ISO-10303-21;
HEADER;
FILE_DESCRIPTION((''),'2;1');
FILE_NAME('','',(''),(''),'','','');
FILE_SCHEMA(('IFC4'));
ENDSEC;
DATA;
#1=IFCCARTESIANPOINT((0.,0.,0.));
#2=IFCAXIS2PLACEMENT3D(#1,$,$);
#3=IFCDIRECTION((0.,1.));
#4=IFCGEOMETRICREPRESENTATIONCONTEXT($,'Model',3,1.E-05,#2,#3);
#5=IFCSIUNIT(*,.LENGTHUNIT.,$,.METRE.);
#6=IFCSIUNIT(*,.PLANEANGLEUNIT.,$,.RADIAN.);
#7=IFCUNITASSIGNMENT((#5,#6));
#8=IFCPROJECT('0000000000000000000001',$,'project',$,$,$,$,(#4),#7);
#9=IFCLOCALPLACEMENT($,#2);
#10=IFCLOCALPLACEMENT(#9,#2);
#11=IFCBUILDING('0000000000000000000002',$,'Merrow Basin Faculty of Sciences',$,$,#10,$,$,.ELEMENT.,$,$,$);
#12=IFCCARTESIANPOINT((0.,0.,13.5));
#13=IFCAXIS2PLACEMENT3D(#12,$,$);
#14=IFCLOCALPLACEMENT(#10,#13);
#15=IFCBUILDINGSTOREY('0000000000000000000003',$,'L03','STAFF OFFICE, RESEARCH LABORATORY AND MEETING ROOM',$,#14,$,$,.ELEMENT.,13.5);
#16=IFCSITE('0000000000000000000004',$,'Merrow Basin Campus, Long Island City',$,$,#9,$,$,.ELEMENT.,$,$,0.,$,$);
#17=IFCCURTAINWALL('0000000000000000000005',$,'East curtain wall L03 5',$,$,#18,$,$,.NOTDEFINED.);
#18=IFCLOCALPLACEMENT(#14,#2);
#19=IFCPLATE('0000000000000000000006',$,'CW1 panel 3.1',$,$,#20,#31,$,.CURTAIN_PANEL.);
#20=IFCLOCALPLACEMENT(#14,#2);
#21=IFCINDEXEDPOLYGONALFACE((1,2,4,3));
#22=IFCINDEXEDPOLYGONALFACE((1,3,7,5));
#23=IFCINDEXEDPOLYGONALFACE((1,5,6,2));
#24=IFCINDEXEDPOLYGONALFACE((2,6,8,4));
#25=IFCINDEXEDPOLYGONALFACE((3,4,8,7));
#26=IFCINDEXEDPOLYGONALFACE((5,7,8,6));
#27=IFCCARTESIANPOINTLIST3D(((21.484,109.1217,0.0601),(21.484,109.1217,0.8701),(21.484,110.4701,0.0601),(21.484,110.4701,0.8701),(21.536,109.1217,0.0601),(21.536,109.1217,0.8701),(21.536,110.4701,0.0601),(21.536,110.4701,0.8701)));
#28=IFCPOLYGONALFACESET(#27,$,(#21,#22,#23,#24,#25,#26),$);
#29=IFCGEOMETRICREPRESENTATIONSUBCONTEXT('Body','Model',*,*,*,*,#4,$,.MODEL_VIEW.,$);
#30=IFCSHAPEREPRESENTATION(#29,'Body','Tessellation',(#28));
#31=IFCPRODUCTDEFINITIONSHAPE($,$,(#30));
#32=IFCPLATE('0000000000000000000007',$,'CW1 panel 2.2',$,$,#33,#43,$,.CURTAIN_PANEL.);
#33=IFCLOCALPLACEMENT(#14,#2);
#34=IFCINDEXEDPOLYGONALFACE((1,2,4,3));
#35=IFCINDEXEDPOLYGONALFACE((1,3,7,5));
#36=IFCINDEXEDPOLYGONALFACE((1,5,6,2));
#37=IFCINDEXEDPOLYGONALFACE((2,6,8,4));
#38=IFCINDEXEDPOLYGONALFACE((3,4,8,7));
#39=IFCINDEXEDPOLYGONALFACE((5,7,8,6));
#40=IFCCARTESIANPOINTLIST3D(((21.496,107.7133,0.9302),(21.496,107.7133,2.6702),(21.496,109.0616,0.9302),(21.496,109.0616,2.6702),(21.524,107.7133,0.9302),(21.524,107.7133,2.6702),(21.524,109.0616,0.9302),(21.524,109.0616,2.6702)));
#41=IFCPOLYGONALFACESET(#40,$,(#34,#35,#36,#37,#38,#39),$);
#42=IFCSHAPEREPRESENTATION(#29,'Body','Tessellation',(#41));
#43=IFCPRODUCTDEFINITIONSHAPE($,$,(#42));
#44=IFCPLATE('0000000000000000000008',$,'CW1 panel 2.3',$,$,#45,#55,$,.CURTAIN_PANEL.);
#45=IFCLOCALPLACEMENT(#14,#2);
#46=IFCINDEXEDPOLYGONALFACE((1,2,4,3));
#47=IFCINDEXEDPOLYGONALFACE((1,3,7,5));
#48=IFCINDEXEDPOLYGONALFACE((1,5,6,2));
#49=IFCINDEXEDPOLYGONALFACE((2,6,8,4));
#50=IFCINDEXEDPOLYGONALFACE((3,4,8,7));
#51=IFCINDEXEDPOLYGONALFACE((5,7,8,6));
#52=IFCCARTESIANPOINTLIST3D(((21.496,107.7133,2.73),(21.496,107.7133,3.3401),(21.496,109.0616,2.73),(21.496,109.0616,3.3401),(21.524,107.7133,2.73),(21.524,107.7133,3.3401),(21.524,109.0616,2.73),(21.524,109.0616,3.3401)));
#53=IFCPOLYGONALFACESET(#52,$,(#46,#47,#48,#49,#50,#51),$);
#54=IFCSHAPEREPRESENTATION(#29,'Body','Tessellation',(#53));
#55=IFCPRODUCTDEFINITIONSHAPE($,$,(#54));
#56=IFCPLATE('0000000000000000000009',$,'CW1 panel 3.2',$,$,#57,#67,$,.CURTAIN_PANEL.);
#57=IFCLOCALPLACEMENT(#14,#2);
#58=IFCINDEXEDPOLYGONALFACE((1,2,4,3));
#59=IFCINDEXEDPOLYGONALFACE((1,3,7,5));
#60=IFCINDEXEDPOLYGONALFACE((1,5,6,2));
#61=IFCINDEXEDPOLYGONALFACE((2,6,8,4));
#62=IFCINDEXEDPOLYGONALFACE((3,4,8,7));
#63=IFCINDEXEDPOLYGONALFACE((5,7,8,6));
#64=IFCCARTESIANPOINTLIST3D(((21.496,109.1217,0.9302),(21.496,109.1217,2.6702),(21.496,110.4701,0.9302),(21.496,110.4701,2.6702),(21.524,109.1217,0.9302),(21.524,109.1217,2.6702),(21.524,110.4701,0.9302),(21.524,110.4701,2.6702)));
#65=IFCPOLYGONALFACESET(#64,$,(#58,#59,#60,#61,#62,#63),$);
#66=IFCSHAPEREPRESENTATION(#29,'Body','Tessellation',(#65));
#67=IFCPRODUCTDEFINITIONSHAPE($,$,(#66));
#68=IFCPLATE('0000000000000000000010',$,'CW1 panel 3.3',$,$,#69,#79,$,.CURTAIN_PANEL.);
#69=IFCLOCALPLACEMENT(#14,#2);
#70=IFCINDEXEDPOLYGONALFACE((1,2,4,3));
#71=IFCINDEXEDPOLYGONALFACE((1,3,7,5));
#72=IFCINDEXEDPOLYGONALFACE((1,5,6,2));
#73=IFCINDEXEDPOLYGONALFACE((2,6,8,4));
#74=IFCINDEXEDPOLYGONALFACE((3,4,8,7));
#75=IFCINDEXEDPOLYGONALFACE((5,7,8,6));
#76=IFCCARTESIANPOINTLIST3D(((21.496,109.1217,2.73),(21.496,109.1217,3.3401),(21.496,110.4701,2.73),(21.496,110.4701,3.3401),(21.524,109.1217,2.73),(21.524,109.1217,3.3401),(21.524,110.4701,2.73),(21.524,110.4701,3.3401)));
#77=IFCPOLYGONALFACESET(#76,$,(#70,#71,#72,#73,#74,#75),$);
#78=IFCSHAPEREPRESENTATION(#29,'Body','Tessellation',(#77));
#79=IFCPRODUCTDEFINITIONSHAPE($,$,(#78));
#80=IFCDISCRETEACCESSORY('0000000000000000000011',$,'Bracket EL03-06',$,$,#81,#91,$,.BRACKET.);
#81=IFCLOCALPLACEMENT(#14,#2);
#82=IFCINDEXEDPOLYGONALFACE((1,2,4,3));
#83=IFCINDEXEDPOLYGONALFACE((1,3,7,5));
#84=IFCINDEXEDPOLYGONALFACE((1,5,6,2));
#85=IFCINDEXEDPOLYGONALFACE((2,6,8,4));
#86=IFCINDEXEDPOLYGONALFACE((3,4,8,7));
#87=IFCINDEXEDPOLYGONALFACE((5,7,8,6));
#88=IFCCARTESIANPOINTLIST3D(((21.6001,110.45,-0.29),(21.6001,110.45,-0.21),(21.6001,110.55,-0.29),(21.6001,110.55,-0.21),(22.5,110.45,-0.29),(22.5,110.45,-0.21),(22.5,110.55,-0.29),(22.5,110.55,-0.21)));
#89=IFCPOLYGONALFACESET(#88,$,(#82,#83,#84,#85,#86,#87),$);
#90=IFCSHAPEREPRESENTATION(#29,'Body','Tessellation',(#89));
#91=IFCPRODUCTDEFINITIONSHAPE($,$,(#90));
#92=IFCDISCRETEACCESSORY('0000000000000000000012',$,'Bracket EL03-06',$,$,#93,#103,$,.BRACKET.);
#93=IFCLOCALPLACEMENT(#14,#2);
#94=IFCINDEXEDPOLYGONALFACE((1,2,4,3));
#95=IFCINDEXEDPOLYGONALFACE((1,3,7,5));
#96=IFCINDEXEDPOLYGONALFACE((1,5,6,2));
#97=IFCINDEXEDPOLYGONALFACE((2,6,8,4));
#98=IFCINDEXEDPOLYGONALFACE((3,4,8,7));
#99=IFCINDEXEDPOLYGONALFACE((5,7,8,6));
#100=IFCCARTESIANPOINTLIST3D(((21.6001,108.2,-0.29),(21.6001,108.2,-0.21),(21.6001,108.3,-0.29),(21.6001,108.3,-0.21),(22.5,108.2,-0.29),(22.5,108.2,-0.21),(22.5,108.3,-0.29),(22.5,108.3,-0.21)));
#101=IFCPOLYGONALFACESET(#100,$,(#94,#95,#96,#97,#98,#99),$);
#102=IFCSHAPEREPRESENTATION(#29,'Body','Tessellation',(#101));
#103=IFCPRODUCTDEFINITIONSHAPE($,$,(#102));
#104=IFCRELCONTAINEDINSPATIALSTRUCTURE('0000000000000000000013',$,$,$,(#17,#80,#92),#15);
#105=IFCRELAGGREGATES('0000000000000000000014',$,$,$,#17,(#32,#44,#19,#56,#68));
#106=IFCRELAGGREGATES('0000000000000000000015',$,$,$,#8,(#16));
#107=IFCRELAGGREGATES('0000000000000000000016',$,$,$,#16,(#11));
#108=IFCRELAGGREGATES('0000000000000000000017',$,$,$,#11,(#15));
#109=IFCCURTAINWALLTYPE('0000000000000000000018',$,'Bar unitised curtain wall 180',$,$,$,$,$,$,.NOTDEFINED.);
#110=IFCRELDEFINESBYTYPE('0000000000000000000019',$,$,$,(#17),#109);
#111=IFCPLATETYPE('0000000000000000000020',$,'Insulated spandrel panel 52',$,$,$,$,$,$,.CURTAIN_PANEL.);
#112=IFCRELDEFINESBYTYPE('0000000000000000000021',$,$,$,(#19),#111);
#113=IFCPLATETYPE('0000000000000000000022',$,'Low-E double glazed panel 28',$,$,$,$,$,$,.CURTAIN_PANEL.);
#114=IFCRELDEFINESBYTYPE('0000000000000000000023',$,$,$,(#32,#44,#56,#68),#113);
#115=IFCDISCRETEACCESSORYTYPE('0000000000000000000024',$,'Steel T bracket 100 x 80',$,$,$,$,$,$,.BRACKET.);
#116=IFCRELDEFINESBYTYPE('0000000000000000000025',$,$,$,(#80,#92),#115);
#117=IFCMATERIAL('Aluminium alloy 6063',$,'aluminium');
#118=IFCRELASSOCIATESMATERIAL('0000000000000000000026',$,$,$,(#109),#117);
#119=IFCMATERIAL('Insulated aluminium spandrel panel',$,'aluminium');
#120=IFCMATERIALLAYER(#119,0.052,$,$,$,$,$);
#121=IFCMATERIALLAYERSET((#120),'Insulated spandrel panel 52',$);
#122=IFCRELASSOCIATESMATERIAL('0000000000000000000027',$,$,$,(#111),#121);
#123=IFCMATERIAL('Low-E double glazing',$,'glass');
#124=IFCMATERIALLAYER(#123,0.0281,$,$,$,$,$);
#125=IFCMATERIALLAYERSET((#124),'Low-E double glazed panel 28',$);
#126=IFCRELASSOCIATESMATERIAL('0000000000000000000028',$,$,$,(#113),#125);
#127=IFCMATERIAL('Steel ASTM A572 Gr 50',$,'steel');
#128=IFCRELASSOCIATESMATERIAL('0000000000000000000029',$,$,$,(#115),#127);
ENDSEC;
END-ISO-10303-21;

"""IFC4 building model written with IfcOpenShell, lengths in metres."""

from ifc_helpers import new_model, si_unit, direction, frame, origin, origin_2d, place, context, subcontext, project, spatial, polyline, rectangle, outline, extrude, source, transform, mapped, material, layer, layer_set, type_object, element, aggregate, save


model = new_model("IFC4")

# Units and contexts
model_context = context("Model", 3, precision=1e-05, world=origin(), true_north=direction((0.0, 1.0)))
body_context = subcontext(model_context, "Body", "Model", "MODEL_VIEW")
ifc_project = project(units=[si_unit("LENGTHUNIT", "METRE"), si_unit("PLANEANGLEUNIT", "RADIAN")], contexts=[model_context])

# Site, building, storey
site_placement = place(None, origin())
site = spatial("IfcSite", under=ifc_project, at=site_placement, Name="Merrow Basin Campus, Long Island City", CompositionType="ELEMENT", RefElevation=0.0)
building_placement = place(site_placement, origin())
building = spatial("IfcBuilding", under=site, at=building_placement, Name="Merrow Basin Faculty of Sciences", CompositionType="ELEMENT")
storey_placement = place(building_placement, frame((0.0, 0.0, 13.5)))
storey = spatial("IfcBuildingStorey", under=building, at=storey_placement, Name="L03", Description="STAFF OFFICE, RESEARCH LABORATORY AND MEETING ROOM", CompositionType="ELEMENT", Elevation=13.5)

# Curtain wall, plates
ifc_material_1 = material(Name="Aluminium alloy 6063", Category="aluminium")
curtain_wall_type = type_object("IfcCurtainWallType", Name="Bar unitised curtain wall 180", PredefinedType="NOTDEFINED", material=ifc_material_1)
curtain_wall_placement = place(storey_placement, origin())
curtain_wall = element("IfcCurtainWall", 1, at=curtain_wall_placement, inside=storey, type_object=curtain_wall_type, Name="East curtain wall L03 5", PredefinedType="NOTDEFINED")
ifc_material_2 = material(Name="Insulated aluminium spandrel panel", Category="aluminium")
ifc_layer_1 = layer(ifc_material_2, 0.052)
ifc_layer_set_1 = layer_set([ifc_layer_1], Name="Insulated spandrel panel 52")
plate_type_1 = type_object("IfcPlateType", Name="Insulated spandrel panel 52", PredefinedType="CURTAIN_PANEL", material=ifc_layer_set_1)
plate_1_placement = place(storey_placement, frame((21.51, 109.7959, 0.0601), z_axis=(0.0, 0.0, 1.0), x_axis=(0.0, 1.0, 0.0)))
plate_1 = element("IfcPlate", 2, at=plate_1_placement, type_object=plate_type_1, Name="CW1 panel 3.1", PredefinedType="CURTAIN_PANEL", context=body_context, shape_type="SweptSolid", body=[
    extrude(rectangle(XDim=1.3484, YDim=0.052, at=origin_2d()), origin(), (0.0, 0.0, 1.0), 0.8101),
])
ifc_material_3 = material(Name="Low-E double glazing", Category="glass")
ifc_layer_2 = layer(ifc_material_3, 0.0281)
ifc_layer_set_2 = layer_set([ifc_layer_2], Name="Low-E double glazed panel 28")
plate_type_2 = type_object("IfcPlateType", Name="Low-E double glazed panel 28", PredefinedType="CURTAIN_PANEL", material=ifc_layer_set_2)
plate_2_placement = place(storey_placement, frame((21.51, 108.3875, 0.9302), z_axis=(0.0, 0.0, 1.0), x_axis=(0.0, 1.0, 0.0)))
plate_2 = element("IfcPlate", 3, at=plate_2_placement, type_object=plate_type_2, Name="CW1 panel 2.2", PredefinedType="CURTAIN_PANEL", context=body_context, shape_type="SweptSolid", body=[
    extrude(rectangle(XDim=1.3484, YDim=0.0281, at=origin_2d()), origin(), (0.0, 0.0, 1.0), 1.74),
])
plate_3_placement = place(storey_placement, frame((21.51, 108.3875, 2.73), z_axis=(0.0, 0.0, 1.0), x_axis=(0.0, 1.0, 0.0)))
plate_3 = element("IfcPlate", 4, at=plate_3_placement, type_object=plate_type_2, Name="CW1 panel 2.3", PredefinedType="CURTAIN_PANEL", context=body_context, shape_type="SweptSolid", body=[
    extrude(rectangle(XDim=1.3484, YDim=0.0281, at=origin_2d()), origin(), (0.0, 0.0, 1.0), 0.6101),
])
plate_4_placement = place(storey_placement, frame((21.51, 109.7959, 0.9302), z_axis=(0.0, 0.0, 1.0), x_axis=(0.0, 1.0, 0.0)))
plate_4 = element("IfcPlate", 5, at=plate_4_placement, type_object=plate_type_2, Name="CW1 panel 3.2", PredefinedType="CURTAIN_PANEL", context=body_context, shape_type="SweptSolid", body=[
    extrude(rectangle(XDim=1.3484, YDim=0.0281, at=origin_2d()), origin(), (0.0, 0.0, 1.0), 1.74),
])
plate_5_placement = place(storey_placement, frame((21.51, 109.7959, 2.73), z_axis=(0.0, 0.0, 1.0), x_axis=(0.0, 1.0, 0.0)))
plate_5 = element("IfcPlate", 6, at=plate_5_placement, type_object=plate_type_2, Name="CW1 panel 3.3", PredefinedType="CURTAIN_PANEL", context=body_context, shape_type="SweptSolid", body=[
    extrude(rectangle(XDim=1.3484, YDim=0.0281, at=origin_2d()), origin(), (0.0, 0.0, 1.0), 0.6101),
])
aggregate(curtain_wall, [plate_2, plate_3, plate_1, plate_4, plate_5])

# Discrete accessories
ifc_material_4 = material(Name="Steel ASTM A572 Gr 50", Category="steel")
discrete_accessory_type = type_object("IfcDiscreteAccessoryType", Name="Steel T bracket 100 x 80", PredefinedType="BRACKET", material=ifc_material_4)
shared_shape = source(origin(), body_context, "Body", "SweptSolid", [
    extrude(outline(polyline([(0.0, 0.0), (0.1001, 0.0), (0.1001, 0.0801), (0.0, 0.0801), (0.0, 0.0)])), origin(), (0.0, 0.0, 1.0), 0.8999),
])
for number, where, z_axis, x_axis, name in (
    (7, (22.5, 110.55, -0.29), (-1.0, 0.0, 0.0), (0.0, -1.0, 0.0), "Bracket EL03-06"),
    (8, (22.5, 108.3, -0.29), (-1.0, 0.0, 0.0), (0.0, -1.0, 0.0), "Bracket EL03-06"),
):
    element("IfcDiscreteAccessory", number, at=place(storey_placement, frame(where, z_axis=z_axis, x_axis=x_axis)), inside=storey, type_object=discrete_accessory_type, Name=name, PredefinedType="BRACKET", context=body_context, shape_type="MappedRepresentation", body=[
        mapped(shared_shape, transform((0.0, 0.0, 0.0), scale=1.0)),
    ])

save(model, "model.ifc")
